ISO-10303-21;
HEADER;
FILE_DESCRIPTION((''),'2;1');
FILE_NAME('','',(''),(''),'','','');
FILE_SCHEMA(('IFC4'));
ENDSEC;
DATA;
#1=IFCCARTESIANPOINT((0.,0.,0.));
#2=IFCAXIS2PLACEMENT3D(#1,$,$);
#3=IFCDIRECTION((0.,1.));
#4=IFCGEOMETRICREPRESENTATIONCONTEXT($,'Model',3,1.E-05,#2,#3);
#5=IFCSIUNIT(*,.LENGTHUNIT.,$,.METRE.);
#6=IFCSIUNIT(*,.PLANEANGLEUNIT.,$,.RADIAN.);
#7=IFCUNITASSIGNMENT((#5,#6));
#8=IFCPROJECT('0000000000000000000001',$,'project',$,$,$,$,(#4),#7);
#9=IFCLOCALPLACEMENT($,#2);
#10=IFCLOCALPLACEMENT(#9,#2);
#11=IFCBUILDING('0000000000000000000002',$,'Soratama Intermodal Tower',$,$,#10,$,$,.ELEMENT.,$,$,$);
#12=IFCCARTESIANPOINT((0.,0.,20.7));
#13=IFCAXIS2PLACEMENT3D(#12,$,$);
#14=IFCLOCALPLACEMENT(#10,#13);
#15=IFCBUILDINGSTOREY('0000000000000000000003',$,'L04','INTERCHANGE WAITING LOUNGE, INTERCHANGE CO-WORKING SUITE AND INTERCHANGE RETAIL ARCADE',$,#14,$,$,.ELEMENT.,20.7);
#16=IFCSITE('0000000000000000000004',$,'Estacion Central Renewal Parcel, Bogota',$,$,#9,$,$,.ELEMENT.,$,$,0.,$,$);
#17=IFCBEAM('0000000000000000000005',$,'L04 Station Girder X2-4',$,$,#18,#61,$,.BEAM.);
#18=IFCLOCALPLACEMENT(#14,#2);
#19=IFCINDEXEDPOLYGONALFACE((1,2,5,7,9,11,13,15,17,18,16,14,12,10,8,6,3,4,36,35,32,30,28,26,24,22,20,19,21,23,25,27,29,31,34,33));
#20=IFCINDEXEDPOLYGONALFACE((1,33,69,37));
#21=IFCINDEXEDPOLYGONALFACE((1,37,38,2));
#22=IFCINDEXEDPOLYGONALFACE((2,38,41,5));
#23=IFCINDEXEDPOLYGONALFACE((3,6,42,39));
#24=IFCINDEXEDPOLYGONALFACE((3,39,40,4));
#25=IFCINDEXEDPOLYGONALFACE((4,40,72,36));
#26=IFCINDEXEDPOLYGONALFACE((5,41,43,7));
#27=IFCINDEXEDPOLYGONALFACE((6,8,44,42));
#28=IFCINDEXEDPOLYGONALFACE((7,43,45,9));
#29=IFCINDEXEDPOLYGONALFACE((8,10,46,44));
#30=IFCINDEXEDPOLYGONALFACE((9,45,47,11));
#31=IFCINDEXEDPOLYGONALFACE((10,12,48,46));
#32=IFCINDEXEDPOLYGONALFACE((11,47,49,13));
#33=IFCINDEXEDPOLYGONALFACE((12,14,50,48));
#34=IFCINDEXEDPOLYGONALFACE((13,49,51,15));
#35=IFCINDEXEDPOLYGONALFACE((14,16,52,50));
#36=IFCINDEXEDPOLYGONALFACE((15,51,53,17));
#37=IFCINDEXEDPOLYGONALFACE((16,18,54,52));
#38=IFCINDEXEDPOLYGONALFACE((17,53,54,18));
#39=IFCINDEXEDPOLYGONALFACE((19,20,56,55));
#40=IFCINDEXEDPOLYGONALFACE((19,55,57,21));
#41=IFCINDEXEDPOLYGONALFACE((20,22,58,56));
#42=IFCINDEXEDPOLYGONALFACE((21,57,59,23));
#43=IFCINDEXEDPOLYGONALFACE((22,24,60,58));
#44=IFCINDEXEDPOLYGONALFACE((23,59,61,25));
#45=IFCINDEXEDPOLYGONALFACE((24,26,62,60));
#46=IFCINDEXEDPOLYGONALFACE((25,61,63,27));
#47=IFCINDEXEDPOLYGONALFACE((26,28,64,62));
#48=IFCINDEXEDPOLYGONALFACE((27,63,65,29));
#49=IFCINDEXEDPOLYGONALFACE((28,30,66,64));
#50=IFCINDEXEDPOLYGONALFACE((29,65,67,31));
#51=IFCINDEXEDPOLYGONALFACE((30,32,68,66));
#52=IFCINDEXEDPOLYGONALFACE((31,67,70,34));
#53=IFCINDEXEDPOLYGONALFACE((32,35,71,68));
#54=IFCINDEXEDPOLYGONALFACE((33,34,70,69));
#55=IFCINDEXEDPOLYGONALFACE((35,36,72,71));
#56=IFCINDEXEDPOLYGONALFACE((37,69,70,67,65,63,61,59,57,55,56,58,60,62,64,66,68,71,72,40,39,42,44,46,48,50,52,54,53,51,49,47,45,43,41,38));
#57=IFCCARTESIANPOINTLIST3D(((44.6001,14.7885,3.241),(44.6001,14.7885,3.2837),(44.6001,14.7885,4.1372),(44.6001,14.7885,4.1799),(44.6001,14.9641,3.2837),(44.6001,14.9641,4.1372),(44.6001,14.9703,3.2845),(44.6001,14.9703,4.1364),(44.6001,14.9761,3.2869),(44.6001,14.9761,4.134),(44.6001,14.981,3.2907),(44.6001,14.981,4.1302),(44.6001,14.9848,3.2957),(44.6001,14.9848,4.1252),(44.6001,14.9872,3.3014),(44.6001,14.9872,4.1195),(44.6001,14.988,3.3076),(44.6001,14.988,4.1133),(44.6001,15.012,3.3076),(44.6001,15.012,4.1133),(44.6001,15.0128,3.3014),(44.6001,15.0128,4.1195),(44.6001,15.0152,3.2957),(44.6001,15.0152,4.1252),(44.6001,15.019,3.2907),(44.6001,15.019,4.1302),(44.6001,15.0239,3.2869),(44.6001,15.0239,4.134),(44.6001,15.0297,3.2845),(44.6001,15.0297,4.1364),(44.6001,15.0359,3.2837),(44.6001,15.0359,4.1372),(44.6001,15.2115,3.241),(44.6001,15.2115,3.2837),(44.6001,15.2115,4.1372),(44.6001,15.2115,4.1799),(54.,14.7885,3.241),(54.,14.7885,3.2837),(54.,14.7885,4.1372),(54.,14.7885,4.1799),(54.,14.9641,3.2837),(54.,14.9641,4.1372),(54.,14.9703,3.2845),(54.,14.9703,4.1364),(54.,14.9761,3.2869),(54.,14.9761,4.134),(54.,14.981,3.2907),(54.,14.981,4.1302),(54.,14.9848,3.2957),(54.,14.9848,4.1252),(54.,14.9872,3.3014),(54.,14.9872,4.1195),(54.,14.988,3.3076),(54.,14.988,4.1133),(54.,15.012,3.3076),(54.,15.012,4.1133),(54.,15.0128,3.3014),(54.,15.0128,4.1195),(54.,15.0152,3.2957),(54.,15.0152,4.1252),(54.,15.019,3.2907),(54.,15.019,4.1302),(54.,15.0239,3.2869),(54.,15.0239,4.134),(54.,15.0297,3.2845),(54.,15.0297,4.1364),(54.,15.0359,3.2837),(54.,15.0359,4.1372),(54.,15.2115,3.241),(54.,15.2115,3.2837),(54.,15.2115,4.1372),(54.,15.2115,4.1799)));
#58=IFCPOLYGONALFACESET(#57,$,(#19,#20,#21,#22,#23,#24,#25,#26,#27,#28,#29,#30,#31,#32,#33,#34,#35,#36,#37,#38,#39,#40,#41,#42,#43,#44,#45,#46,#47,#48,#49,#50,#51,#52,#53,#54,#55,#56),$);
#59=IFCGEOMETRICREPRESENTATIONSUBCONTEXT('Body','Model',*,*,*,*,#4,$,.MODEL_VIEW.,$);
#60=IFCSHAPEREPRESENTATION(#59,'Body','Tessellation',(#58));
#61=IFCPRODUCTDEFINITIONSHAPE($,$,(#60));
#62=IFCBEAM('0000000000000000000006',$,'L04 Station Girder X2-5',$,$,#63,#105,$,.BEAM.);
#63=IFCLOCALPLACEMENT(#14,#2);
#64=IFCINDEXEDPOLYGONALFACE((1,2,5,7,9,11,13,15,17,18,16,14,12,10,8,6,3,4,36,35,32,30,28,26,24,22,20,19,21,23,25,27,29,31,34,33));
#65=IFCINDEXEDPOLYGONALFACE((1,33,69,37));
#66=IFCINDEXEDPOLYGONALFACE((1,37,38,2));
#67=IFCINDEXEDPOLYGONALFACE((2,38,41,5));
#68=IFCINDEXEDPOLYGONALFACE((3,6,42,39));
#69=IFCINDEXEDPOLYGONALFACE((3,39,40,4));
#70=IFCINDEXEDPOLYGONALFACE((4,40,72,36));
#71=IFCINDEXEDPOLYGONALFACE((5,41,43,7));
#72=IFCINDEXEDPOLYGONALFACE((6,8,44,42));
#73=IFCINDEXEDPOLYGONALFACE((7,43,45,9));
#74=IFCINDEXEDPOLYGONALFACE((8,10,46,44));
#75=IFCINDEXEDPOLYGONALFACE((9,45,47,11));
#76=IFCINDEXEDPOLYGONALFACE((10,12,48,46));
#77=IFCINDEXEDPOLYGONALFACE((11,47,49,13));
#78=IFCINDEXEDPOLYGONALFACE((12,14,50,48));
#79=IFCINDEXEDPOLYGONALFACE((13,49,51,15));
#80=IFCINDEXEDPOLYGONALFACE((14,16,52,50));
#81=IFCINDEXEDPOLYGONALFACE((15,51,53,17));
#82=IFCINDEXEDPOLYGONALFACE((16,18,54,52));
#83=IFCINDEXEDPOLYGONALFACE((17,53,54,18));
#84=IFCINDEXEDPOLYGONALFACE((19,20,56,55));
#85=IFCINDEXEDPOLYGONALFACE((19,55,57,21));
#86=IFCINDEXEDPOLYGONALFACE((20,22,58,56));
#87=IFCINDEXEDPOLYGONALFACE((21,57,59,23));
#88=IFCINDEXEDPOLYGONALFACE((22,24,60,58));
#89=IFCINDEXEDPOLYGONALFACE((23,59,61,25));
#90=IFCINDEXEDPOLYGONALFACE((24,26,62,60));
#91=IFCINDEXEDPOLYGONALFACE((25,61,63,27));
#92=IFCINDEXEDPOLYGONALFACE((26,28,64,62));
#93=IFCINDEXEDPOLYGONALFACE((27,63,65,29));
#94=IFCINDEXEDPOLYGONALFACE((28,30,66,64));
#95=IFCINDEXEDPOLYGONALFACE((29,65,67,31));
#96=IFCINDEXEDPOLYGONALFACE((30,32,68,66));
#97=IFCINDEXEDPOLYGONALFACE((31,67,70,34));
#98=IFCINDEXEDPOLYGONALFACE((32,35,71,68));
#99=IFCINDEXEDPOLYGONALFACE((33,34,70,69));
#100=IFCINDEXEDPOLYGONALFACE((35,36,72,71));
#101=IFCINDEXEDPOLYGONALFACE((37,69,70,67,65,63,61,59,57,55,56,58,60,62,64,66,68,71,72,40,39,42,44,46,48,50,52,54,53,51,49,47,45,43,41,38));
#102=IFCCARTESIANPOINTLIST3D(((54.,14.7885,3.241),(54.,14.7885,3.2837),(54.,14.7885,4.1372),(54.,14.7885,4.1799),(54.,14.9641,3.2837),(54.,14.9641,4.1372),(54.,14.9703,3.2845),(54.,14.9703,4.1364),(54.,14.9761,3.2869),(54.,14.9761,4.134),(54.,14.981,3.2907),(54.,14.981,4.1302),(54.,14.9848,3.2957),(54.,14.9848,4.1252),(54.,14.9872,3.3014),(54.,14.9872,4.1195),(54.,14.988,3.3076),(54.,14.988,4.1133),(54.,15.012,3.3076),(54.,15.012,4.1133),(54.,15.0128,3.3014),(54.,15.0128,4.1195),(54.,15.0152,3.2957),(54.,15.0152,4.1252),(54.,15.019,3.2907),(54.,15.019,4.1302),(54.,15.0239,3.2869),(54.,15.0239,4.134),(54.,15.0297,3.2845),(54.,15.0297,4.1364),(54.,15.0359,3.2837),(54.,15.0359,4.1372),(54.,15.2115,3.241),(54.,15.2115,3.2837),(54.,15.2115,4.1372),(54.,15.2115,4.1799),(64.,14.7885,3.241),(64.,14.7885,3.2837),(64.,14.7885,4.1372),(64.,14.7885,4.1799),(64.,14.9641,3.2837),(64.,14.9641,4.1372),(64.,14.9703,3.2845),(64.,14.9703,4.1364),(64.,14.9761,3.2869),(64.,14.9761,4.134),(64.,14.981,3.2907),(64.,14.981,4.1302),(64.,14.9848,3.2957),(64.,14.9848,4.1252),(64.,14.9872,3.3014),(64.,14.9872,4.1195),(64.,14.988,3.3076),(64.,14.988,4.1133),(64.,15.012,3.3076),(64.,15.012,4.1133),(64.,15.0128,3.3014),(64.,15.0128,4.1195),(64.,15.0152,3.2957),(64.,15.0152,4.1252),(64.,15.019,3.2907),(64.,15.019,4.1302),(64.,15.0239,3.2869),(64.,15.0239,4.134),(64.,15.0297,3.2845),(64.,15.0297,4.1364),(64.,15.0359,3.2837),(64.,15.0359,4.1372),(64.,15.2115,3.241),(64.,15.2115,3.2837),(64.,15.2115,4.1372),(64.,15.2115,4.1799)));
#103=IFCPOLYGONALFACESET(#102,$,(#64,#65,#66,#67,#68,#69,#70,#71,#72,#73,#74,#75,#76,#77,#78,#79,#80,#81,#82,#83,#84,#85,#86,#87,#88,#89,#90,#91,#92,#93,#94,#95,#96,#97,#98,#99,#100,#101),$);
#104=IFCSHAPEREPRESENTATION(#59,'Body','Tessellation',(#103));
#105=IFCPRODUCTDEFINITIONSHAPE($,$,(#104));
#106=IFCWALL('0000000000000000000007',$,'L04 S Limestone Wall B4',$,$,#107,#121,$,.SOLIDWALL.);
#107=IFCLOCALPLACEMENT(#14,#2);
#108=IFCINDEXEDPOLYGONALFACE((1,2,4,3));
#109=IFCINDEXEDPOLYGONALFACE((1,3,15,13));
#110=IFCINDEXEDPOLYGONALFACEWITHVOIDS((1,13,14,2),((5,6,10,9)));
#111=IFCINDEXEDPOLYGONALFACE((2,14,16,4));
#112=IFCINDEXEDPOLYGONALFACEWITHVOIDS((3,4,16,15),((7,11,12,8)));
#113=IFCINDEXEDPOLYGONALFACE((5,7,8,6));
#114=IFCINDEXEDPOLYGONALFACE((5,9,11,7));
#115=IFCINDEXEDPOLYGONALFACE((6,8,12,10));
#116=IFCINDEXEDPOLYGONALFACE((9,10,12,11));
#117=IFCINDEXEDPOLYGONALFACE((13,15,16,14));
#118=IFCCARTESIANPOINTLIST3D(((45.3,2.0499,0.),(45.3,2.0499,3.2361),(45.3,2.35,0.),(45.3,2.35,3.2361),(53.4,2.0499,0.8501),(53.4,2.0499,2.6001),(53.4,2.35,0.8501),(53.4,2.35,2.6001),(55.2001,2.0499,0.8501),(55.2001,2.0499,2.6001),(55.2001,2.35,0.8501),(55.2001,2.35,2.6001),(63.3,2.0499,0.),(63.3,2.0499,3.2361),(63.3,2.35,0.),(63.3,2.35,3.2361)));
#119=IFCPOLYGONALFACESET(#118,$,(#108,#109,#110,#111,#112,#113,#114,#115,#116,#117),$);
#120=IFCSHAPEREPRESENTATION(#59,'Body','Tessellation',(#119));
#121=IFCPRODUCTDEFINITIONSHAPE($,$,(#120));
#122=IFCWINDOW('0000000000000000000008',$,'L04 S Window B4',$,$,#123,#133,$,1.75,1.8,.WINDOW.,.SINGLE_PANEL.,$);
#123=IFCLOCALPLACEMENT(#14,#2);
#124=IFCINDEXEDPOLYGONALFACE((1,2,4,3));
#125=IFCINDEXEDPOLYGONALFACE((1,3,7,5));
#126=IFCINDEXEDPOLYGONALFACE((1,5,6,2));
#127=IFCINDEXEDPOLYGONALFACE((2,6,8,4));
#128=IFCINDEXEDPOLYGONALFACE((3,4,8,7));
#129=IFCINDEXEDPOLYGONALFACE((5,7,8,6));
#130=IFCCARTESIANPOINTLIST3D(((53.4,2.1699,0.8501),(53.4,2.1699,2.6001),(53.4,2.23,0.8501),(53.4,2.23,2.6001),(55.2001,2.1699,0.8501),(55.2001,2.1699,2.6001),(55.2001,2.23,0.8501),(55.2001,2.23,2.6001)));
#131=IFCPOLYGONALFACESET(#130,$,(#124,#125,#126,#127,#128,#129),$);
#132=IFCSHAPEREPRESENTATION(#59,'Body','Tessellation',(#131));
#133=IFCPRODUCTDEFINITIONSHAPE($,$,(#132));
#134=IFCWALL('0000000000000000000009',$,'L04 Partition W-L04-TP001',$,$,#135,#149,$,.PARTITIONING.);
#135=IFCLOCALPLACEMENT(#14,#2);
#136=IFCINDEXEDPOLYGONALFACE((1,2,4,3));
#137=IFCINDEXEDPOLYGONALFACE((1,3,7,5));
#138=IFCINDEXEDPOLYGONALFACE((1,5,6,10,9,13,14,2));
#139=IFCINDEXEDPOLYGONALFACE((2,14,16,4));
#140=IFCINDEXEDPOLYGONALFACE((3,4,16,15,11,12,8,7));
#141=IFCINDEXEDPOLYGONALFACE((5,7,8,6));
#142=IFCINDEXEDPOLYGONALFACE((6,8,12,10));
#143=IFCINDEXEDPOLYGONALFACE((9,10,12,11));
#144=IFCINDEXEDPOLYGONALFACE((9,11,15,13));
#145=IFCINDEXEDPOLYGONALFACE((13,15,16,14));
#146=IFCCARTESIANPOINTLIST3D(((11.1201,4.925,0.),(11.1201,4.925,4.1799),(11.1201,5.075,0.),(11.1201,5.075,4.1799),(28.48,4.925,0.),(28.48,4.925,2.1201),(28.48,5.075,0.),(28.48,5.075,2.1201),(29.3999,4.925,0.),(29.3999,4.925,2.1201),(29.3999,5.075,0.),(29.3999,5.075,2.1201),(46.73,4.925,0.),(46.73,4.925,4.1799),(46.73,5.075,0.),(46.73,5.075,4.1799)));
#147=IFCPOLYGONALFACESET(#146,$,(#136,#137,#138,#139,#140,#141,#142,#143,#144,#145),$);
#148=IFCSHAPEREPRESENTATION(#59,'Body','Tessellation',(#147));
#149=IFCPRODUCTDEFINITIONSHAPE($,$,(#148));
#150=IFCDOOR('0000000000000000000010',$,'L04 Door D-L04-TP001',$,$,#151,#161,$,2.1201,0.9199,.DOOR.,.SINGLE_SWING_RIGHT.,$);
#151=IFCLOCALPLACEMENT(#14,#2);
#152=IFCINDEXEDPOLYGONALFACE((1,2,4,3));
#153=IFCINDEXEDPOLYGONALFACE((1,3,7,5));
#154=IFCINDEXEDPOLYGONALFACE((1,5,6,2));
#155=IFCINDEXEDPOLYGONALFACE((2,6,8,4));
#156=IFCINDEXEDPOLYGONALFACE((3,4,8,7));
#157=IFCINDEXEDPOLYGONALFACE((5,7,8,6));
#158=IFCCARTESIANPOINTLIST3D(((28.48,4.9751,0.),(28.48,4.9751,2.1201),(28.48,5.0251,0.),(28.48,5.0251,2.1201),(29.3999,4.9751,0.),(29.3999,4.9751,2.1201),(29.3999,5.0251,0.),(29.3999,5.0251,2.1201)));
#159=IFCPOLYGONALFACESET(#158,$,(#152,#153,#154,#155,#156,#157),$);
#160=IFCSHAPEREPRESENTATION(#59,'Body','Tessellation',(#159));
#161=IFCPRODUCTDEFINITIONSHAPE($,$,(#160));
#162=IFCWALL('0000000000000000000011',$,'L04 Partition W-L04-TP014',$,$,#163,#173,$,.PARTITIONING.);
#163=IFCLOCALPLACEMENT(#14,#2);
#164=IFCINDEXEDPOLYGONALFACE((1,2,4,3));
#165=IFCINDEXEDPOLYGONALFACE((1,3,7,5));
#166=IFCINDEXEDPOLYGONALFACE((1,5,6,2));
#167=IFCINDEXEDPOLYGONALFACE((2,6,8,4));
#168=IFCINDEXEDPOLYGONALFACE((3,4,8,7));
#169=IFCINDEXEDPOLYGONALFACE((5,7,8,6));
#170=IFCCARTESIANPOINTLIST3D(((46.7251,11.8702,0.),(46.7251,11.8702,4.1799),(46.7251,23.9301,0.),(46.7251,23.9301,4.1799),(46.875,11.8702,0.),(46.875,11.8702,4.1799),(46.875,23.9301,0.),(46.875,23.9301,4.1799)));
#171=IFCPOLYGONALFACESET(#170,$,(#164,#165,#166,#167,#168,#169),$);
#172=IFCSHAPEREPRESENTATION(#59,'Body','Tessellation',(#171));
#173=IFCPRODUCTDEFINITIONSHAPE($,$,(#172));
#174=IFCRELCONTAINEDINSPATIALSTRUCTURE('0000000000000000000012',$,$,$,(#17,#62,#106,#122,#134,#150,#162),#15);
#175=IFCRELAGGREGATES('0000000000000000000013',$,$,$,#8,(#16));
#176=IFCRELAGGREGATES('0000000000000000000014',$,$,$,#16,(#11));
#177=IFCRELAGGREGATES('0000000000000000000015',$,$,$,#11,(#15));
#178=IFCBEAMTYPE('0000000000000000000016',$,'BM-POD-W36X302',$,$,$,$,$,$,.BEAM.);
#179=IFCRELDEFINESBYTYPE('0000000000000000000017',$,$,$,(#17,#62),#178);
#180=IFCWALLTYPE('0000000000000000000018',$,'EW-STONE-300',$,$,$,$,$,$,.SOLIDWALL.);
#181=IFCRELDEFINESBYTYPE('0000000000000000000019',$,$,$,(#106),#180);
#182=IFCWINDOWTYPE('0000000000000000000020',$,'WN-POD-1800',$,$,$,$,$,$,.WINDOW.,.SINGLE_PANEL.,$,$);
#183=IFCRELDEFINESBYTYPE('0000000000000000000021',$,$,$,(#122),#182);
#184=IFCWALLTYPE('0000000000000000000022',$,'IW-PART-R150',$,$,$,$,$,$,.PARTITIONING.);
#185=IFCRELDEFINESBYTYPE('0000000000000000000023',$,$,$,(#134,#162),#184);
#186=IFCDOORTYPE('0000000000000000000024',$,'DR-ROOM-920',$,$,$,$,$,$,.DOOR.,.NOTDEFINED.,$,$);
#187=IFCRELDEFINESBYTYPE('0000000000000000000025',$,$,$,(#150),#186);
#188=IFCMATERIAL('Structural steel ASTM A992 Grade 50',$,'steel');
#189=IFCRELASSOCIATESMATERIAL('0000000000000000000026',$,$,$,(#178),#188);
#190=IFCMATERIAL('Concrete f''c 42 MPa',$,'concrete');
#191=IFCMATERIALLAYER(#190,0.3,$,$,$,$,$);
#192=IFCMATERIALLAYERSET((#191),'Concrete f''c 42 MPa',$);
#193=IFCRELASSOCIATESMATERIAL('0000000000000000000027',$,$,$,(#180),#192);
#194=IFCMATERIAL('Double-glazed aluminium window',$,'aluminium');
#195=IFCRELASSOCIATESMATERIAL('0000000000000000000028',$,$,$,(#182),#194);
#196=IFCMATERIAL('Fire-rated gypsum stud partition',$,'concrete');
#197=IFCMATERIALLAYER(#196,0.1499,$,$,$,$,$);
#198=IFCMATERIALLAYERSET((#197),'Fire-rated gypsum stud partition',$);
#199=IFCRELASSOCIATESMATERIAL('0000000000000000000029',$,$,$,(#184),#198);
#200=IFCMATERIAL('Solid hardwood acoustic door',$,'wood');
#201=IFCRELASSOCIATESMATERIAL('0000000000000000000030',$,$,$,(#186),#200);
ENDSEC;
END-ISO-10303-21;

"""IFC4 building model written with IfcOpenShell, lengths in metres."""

from ifc_helpers import new_model, si_unit, direction, frame, frame_2d, origin, origin_2d, place, context, subcontext, project, spatial, rectangle, i_section, extrude, material, layer, layer_set, material_profile, profile_set, type_object, element, fill, save


model = new_model("IFC4")

# Units and contexts
model_context = context("Model", 3, precision=1e-05, world=origin(), true_north=direction((0.0, 1.0)))
body_context = subcontext(model_context, "Body", "Model", "MODEL_VIEW")
ifc_project = project(units=[si_unit("LENGTHUNIT", "METRE"), si_unit("PLANEANGLEUNIT", "RADIAN")], contexts=[model_context])

# Site, building, storey
site_placement = place(None, origin())
site = spatial("IfcSite", under=ifc_project, at=site_placement, Name="Estacion Central Renewal Parcel, Bogota", CompositionType="ELEMENT", RefElevation=0.0)
building_placement = place(site_placement, origin())
building = spatial("IfcBuilding", under=site, at=building_placement, Name="Soratama Intermodal Tower", CompositionType="ELEMENT")
storey_placement = place(building_placement, frame((0.0, 0.0, 20.7)))
storey = spatial("IfcBuildingStorey", under=building, at=storey_placement, Name="L04", Description="INTERCHANGE WAITING LOUNGE, INTERCHANGE CO-WORKING SUITE AND INTERCHANGE RETAIL ARCADE", CompositionType="ELEMENT", Elevation=20.7)

# Beams
ifc_material_1 = material(Name="Structural steel ASTM A992 Grade 50", Category="steel")
ifc_material_profile_1 = material_profile(ifc_material_1, i_section(OverallWidth=0.4231, OverallDepth=0.939, WebThickness=0.0239, FlangeThickness=0.0427, FilletRadius=0.0239, at=origin_2d()), Name="W36X302")
ifc_profile_set_1 = profile_set([ifc_material_profile_1], Name="Structural steel ASTM A992 Grade 50")
beam_type_1 = type_object("IfcBeamType", Name="BM-POD-W36X302", PredefinedType="BEAM", material=ifc_profile_set_1)
beam_1_placement = place(storey_placement, frame((44.6001, 15.0, 3.7104), z_axis=(1.0, 0.0, 0.0), x_axis=(0.0, 1.0, 0.0)))
element("IfcBeam", 1, at=beam_1_placement, inside=storey, type_object=beam_type_1, Name="L04 Station Girder X2-4", PredefinedType="BEAM", context=body_context, shape_type="SweptSolid", body=[
    extrude(i_section(OverallWidth=0.4231, OverallDepth=0.939, WebThickness=0.0239, FlangeThickness=0.0427, FilletRadius=0.0239, at=origin_2d()), origin(), (0.0, 0.0, 1.0), 9.3999),
])
beam_2_placement = place(storey_placement, frame((54.0, 15.0, 3.7104), z_axis=(1.0, 0.0, 0.0), x_axis=(0.0, 1.0, 0.0)))
element("IfcBeam", 2, at=beam_2_placement, inside=storey, type_object=beam_type_1, Name="L04 Station Girder X2-5", PredefinedType="BEAM", context=body_context, shape_type="SweptSolid", body=[
    extrude(i_section(OverallWidth=0.4231, OverallDepth=0.939, WebThickness=0.0239, FlangeThickness=0.0427, FilletRadius=0.0239, at=origin_2d()), origin(), (0.0, 0.0, 1.0), 10.0),
])

# Wall, opening, window
ifc_material_2 = material(Name="Concrete f'c 42 MPa", Category="concrete")
ifc_layer_1 = layer(ifc_material_2, 0.3)
ifc_layer_set_1 = layer_set([ifc_layer_1], Name="Concrete f'c 42 MPa")
wall_type_1 = type_object("IfcWallType", Name="EW-STONE-300", PredefinedType="SOLIDWALL", material=ifc_layer_set_1)
wall_1_placement = place(storey_placement, frame((63.3, 2.2, 0.0), z_axis=(0.0, 0.0, 1.0), x_axis=(-1.0, 0.0, 0.0)))
wall_1 = element("IfcWall", 3, at=wall_1_placement, inside=storey, type_object=wall_type_1, Name="L04 S Limestone Wall B4", PredefinedType="SOLIDWALL", context=body_context, shape_type="SweptSolid", body=[
    extrude(rectangle(XDim=18.0, YDim=0.3, at=frame_2d((9.0, 0.0))), origin(), (0.0, 0.0, 1.0), 3.2361),
])
opening_1_placement = place(wall_1_placement, frame((8.1001, 0.0, 0.8501)))
opening_1 = element("IfcOpeningElement", 4, at=opening_1_placement, cuts=wall_1, PredefinedType="OPENING", context=body_context, shape_type="SweptSolid", body=[
    extrude(rectangle(XDim=1.8, YDim=1.75, at=frame_2d((0.8999, 0.875))), frame((0.0, 0.1599, 0.0), z_axis=(0.0, -1.0, 0.0), x_axis=(1.0, 0.0, 0.0)), (0.0, 0.0, 1.0), 0.3201),
])
ifc_material_3 = material(Name="Double-glazed aluminium window", Category="aluminium")
window_type = type_object("IfcWindowType", Name="WN-POD-1800", PartitioningType="SINGLE_PANEL", PredefinedType="WINDOW", material=ifc_material_3)
window_placement = place(opening_1_placement, origin())
window = element("IfcWindow", 5, at=window_placement, inside=storey, type_object=window_type, Name="L04 S Window B4", OverallHeight=1.75, OverallWidth=1.8, PartitioningType="SINGLE_PANEL", PredefinedType="WINDOW", context=body_context, shape_type="SweptSolid", body=[
    extrude(rectangle(XDim=1.8, YDim=1.75, at=frame_2d((0.8999, 0.875))), frame((0.0, 0.03, 0.0), z_axis=(0.0, -1.0, 0.0), x_axis=(1.0, 0.0, 0.0)), (0.0, 0.0, 1.0), 0.0601),
])
fill(opening_1, window)

# Wall, opening, door
ifc_material_4 = material(Name="Fire-rated gypsum stud partition", Category="concrete")
ifc_layer_2 = layer(ifc_material_4, 0.1499)
ifc_layer_set_2 = layer_set([ifc_layer_2], Name="Fire-rated gypsum stud partition")
wall_type_2 = type_object("IfcWallType", Name="IW-PART-R150", PredefinedType="PARTITIONING", material=ifc_layer_set_2)
wall_2_placement = place(storey_placement, frame((46.73, 5.0, 0.0), z_axis=(0.0, 0.0, 1.0), x_axis=(-1.0, 0.0, 0.0)))
wall_2 = element("IfcWall", 6, at=wall_2_placement, inside=storey, type_object=wall_type_2, Name="L04 Partition W-L04-TP001", PredefinedType="PARTITIONING", context=body_context, shape_type="SweptSolid", body=[
    extrude(rectangle(XDim=35.6099, YDim=0.1499, at=frame_2d((17.8049, 0.0))), origin(), (0.0, 0.0, 1.0), 4.1799),
])
opening_2_placement = place(wall_2_placement, frame((17.3301, 0.0, 0.0)))
opening_2 = element("IfcOpeningElement", 7, at=opening_2_placement, cuts=wall_2, PredefinedType="OPENING", context=body_context, shape_type="SweptSolid", body=[
    extrude(rectangle(XDim=0.9199, YDim=2.1201, at=frame_2d((0.46, 1.0601))), frame((0.0, 0.085, 0.0), z_axis=(0.0, -1.0, 0.0), x_axis=(1.0, 0.0, 0.0)), (0.0, 0.0, 1.0), 0.1699),
])
ifc_material_5 = material(Name="Solid hardwood acoustic door", Category="wood")
door_type = type_object("IfcDoorType", Name="DR-ROOM-920", OperationType="NOTDEFINED", PredefinedType="DOOR", material=ifc_material_5)
door_placement = place(opening_2_placement, origin())
door = element("IfcDoor", 8, at=door_placement, inside=storey, type_object=door_type, Name="L04 Door D-L04-TP001", OperationType="SINGLE_SWING_RIGHT", OverallHeight=2.1201, OverallWidth=0.9199, PredefinedType="DOOR", context=body_context, shape_type="SweptSolid", body=[
    extrude(rectangle(XDim=0.9199, YDim=2.1201, at=frame_2d((0.46, 1.0601))), frame((0.0, 0.0249, 0.0), z_axis=(0.0, -1.0, 0.0), x_axis=(1.0, 0.0, 0.0)), (0.0, 0.0, 1.0), 0.05),
])
fill(opening_2, door)

# Wall
wall_3_placement = place(storey_placement, frame((46.8, 23.9299, 0.0), z_axis=(0.0, 0.0, 1.0), x_axis=(0.0, -1.0, 0.0)))
element("IfcWall", 9, at=wall_3_placement, inside=storey, type_object=wall_type_2, Name="L04 Partition W-L04-TP014", PredefinedType="PARTITIONING", context=body_context, shape_type="SweptSolid", body=[
    extrude(rectangle(XDim=12.0598, YDim=0.1499, at=frame_2d((6.0298, 0.0))), origin(), (0.0, 0.0, 1.0), 4.1799),
])

save(model, "model.ifc")
